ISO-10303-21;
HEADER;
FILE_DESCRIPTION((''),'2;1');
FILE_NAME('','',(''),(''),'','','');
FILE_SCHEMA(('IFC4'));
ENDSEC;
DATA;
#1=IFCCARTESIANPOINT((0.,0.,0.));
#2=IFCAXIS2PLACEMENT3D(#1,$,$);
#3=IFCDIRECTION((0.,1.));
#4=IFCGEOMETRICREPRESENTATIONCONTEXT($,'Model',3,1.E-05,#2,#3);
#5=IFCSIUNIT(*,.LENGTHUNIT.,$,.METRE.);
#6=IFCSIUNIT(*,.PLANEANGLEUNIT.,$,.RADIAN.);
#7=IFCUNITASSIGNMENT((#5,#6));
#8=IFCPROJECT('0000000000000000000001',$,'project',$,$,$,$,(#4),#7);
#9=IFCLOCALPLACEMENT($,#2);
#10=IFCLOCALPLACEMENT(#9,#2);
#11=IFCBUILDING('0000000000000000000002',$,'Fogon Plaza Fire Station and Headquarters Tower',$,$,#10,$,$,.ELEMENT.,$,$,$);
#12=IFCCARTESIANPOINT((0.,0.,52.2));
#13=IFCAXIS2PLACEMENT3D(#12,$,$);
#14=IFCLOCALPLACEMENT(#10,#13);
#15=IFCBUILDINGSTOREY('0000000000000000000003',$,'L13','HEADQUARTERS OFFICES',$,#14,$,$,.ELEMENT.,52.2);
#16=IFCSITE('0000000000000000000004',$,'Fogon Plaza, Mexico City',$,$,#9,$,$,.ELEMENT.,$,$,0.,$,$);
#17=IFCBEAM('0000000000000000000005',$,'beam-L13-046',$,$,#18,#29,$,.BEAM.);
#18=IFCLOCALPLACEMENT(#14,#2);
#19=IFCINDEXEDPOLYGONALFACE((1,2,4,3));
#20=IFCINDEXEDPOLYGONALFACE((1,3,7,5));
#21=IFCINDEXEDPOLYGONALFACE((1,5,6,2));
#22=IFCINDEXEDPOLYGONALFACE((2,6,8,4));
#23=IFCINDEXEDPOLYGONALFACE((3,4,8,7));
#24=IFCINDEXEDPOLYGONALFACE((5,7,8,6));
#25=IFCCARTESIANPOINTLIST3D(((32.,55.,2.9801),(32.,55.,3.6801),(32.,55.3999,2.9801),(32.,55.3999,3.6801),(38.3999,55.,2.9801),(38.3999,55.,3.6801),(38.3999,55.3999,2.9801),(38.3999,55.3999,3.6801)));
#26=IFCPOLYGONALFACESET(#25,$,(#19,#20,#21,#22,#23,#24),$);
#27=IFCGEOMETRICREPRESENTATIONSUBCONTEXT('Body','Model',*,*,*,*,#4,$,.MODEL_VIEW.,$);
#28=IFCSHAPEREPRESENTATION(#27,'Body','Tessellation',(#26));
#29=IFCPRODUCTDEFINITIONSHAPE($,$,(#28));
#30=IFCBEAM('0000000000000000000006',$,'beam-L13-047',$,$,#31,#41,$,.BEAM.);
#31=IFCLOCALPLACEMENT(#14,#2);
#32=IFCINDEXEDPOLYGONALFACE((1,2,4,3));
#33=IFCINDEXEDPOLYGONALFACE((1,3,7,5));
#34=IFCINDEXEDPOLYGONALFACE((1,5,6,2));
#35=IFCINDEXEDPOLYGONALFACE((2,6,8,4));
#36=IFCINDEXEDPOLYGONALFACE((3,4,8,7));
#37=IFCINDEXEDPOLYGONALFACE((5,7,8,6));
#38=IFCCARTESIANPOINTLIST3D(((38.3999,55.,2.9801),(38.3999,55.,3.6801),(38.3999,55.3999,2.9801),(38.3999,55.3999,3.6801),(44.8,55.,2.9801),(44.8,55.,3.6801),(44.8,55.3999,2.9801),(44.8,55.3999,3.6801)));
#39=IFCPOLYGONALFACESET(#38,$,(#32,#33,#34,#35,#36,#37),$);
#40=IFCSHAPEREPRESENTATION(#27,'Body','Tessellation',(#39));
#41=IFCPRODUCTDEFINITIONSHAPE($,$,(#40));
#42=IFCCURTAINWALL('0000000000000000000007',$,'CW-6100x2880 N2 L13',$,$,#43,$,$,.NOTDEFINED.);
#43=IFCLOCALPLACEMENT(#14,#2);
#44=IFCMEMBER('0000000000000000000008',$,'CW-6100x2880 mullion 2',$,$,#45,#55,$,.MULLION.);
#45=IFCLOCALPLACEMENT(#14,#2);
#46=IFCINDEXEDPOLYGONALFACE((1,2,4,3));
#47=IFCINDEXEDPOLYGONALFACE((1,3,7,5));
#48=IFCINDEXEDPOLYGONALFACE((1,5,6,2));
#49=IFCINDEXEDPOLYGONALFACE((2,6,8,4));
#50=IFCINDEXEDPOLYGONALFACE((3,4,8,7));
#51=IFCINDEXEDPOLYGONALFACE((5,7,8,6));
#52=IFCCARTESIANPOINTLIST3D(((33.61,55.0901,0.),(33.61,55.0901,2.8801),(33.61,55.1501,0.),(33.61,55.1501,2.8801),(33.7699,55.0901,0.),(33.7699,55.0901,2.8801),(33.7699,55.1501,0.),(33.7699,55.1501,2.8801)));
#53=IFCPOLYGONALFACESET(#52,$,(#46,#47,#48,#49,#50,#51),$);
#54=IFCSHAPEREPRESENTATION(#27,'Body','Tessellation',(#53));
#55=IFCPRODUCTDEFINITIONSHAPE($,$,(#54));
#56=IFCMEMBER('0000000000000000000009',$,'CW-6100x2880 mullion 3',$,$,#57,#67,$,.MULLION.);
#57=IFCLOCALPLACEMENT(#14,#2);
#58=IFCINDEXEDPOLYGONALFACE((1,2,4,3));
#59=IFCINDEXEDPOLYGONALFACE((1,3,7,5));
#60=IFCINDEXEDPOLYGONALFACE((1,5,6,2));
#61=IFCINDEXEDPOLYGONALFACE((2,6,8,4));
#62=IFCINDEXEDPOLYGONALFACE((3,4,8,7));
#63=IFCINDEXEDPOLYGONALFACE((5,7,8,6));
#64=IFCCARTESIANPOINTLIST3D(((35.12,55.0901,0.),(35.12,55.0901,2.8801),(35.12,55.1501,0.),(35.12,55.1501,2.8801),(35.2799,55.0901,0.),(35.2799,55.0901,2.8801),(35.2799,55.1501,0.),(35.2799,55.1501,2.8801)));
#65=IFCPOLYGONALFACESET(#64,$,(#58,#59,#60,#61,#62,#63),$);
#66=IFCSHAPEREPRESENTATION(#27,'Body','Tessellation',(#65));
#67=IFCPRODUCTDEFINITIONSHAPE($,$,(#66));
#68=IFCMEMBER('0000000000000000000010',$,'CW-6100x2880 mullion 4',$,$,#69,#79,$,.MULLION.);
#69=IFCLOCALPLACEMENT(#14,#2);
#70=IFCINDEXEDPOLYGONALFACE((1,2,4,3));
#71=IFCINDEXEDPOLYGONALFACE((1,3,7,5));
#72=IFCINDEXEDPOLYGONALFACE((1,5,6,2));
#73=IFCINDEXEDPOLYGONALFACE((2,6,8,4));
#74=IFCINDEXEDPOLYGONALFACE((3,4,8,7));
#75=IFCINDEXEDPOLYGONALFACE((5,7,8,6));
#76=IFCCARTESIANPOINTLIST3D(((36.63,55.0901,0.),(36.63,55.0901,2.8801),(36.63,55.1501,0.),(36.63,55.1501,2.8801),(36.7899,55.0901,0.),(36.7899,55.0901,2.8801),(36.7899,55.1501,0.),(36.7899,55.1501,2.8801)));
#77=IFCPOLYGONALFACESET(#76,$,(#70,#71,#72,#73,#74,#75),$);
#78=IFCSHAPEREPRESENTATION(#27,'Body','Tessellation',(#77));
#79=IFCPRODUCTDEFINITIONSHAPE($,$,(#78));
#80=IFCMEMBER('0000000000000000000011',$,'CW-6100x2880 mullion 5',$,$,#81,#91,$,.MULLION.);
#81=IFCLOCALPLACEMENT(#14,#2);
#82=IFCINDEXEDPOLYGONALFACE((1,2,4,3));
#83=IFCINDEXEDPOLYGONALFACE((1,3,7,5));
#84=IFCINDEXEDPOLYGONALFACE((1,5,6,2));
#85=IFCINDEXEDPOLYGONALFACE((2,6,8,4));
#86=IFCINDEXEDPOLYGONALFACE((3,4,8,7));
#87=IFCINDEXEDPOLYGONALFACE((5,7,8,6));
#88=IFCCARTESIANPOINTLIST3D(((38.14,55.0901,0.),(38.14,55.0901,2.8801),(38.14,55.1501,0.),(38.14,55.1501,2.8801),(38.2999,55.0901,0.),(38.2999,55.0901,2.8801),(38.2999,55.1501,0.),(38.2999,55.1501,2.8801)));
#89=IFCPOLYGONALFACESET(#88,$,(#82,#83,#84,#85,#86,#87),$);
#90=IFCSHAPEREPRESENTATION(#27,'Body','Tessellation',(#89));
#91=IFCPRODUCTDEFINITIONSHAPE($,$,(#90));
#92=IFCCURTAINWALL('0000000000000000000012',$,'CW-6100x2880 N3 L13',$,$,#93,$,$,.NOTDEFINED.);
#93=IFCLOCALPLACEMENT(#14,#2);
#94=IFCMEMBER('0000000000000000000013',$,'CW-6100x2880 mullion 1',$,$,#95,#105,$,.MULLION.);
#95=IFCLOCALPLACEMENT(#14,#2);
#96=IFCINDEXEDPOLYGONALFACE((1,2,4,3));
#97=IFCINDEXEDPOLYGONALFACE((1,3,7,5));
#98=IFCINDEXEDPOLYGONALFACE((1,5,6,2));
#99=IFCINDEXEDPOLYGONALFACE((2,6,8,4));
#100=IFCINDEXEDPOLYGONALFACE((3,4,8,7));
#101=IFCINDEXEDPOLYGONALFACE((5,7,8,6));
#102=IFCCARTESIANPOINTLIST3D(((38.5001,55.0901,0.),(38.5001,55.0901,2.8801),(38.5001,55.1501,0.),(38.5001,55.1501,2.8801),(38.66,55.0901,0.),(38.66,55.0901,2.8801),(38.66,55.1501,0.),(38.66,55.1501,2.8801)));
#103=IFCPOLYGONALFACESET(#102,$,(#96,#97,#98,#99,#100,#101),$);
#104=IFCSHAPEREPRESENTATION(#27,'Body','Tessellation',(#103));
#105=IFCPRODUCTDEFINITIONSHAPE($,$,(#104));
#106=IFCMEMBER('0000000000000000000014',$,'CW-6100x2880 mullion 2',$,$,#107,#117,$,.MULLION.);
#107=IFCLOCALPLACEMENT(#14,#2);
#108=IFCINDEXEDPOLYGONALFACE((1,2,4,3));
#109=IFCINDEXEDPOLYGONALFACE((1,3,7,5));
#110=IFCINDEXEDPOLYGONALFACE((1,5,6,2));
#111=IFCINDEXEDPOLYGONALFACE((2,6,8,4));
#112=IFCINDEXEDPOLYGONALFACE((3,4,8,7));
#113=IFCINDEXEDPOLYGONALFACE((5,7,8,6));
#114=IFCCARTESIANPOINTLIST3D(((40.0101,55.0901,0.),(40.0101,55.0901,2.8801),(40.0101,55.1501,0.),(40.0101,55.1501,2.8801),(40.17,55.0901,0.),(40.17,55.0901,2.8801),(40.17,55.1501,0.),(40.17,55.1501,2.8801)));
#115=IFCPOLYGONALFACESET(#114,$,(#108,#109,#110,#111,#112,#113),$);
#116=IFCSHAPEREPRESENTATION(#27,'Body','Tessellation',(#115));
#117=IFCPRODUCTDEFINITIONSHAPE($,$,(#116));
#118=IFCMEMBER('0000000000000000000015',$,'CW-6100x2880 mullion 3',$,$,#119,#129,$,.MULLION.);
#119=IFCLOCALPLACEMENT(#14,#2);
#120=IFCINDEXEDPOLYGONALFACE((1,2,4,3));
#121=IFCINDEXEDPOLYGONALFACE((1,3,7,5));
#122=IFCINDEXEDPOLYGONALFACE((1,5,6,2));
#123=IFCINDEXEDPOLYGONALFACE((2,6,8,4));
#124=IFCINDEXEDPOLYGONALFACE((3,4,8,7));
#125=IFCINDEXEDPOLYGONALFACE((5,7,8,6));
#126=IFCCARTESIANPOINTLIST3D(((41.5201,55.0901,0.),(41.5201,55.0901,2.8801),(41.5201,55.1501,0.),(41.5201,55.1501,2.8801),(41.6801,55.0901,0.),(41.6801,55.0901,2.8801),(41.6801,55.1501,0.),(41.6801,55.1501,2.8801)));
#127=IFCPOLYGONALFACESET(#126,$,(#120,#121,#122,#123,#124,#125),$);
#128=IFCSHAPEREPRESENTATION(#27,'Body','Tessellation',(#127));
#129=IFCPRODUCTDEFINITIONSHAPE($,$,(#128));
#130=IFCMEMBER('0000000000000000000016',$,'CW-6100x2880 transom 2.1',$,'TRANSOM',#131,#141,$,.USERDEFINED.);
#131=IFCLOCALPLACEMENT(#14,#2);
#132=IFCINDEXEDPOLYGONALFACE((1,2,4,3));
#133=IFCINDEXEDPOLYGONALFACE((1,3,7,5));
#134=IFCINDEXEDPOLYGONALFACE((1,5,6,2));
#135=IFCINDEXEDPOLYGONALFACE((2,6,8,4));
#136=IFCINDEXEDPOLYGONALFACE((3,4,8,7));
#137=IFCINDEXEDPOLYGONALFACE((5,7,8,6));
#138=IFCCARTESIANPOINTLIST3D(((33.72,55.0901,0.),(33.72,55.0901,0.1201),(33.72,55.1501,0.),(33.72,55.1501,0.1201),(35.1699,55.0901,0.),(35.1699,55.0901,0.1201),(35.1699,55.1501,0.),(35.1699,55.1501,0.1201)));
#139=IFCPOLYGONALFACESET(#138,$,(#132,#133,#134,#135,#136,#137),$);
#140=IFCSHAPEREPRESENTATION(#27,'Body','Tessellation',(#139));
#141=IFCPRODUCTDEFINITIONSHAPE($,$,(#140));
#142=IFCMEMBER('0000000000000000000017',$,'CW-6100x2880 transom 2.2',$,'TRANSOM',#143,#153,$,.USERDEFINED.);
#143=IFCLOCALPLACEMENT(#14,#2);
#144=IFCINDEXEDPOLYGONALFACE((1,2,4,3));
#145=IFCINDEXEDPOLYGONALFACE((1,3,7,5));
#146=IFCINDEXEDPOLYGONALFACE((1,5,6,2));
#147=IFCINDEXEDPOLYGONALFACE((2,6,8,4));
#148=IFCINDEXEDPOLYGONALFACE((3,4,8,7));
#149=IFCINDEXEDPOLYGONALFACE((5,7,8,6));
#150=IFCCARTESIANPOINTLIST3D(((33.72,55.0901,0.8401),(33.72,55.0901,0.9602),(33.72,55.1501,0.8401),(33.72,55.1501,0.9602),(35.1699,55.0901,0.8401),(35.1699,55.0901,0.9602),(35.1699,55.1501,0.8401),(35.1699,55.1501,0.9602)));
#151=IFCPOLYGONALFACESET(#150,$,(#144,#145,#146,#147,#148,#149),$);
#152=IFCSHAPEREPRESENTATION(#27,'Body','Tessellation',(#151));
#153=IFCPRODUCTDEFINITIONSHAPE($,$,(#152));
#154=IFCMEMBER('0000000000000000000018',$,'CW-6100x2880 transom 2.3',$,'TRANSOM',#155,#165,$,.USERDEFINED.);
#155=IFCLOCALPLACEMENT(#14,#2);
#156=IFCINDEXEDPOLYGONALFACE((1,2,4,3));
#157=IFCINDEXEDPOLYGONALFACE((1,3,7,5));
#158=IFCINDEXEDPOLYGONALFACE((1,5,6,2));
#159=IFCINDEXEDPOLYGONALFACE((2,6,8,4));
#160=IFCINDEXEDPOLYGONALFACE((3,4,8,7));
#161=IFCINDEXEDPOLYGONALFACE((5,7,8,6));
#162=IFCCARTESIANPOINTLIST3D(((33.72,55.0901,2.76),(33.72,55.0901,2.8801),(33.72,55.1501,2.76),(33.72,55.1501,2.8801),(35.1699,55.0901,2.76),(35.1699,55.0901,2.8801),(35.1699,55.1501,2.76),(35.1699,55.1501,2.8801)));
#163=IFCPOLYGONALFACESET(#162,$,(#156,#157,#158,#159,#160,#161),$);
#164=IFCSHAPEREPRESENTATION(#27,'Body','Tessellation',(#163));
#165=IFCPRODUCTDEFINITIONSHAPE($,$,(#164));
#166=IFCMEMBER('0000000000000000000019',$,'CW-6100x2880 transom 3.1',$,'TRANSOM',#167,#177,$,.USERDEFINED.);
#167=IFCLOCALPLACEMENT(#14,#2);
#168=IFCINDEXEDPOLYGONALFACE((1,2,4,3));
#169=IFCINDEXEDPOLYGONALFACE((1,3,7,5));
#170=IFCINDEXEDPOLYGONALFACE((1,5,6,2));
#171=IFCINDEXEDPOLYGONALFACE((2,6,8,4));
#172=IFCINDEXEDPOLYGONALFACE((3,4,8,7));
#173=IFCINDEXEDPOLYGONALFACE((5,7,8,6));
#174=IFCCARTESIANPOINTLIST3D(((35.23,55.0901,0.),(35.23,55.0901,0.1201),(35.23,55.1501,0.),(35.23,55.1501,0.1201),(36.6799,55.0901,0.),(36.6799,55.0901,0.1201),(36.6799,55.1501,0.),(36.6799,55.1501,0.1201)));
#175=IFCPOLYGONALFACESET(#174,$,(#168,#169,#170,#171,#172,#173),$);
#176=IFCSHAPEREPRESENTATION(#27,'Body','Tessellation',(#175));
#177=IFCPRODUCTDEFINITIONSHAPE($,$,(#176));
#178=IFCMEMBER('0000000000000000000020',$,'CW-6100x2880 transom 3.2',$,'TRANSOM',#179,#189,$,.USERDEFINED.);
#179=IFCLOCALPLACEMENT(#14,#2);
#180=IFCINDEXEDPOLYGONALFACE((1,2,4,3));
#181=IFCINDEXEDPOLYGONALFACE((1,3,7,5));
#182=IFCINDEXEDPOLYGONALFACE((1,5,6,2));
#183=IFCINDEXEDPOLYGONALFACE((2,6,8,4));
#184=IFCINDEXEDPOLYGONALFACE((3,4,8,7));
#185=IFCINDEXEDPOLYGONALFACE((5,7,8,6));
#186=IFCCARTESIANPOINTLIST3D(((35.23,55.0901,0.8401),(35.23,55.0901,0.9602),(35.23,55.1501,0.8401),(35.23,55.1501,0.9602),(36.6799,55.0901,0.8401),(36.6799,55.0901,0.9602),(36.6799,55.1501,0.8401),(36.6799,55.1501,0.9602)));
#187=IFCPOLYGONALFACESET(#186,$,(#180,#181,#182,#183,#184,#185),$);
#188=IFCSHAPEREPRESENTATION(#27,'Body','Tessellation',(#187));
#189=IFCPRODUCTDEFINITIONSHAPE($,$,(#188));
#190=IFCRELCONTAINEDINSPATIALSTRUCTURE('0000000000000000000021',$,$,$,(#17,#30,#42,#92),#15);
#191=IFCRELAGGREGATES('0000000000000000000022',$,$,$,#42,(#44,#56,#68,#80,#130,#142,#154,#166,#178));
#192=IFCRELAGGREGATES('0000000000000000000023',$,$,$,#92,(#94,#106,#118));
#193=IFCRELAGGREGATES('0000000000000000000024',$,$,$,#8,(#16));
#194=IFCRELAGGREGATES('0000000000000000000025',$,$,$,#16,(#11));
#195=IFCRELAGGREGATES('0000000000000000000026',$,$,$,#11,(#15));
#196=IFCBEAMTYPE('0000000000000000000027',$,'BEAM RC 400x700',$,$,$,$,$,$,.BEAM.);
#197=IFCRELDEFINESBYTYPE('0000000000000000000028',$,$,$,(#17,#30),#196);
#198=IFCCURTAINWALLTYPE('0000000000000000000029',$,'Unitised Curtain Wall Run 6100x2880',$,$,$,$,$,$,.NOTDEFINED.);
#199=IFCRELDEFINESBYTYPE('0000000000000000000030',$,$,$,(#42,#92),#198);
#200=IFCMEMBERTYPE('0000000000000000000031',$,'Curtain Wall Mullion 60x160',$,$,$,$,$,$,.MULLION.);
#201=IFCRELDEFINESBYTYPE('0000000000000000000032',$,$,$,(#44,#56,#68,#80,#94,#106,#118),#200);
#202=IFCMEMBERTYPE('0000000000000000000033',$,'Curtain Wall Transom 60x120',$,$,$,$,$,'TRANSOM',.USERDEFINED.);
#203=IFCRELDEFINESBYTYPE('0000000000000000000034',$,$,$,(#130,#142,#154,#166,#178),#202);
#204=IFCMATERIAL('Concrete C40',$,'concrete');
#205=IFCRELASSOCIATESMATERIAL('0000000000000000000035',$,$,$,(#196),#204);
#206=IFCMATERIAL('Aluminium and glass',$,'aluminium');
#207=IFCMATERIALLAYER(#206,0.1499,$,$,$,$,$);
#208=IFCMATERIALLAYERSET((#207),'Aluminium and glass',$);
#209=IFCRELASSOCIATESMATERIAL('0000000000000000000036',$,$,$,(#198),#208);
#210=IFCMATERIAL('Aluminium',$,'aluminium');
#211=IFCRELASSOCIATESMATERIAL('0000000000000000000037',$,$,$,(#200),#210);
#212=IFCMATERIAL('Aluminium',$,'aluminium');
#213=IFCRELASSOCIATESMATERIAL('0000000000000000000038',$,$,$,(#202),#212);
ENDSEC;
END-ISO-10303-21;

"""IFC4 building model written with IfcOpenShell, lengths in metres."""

from ifc_helpers import new_model, si_unit, direction, frame, origin, origin_2d, place, context, subcontext, project, spatial, rectangle, extrude, material, layer, layer_set, material_profile, profile_set, type_object, element, aggregate, save


model = new_model("IFC4")

# Units and contexts
model_context = context("Model", 3, precision=1e-05, world=origin(), true_north=direction((0.0, 1.0)))
body_context = subcontext(model_context, "Body", "Model", "MODEL_VIEW")
ifc_project = project(units=[si_unit("LENGTHUNIT", "METRE"), si_unit("PLANEANGLEUNIT", "RADIAN")], contexts=[model_context])

# Site, building, storey
site_placement = place(None, origin())
site = spatial("IfcSite", under=ifc_project, at=site_placement, Name="Fogon Plaza, Mexico City", CompositionType="ELEMENT", RefElevation=0.0)
building_placement = place(site_placement, origin())
building = spatial("IfcBuilding", under=site, at=building_placement, Name="Fogon Plaza Fire Station and Headquarters Tower", CompositionType="ELEMENT")
storey_placement = place(building_placement, frame((0.0, 0.0, 52.2)))
storey = spatial("IfcBuildingStorey", under=building, at=storey_placement, Name="L13", Description="HEADQUARTERS OFFICES", CompositionType="ELEMENT", Elevation=52.2)

# Beams
ifc_material_1 = material(Name="Concrete C40", Category="concrete")
ifc_material_profile_1 = material_profile(ifc_material_1, rectangle(XDim=0.3999, YDim=0.7, at=origin_2d()), Name="RC 400x700")
ifc_profile_set_1 = profile_set([ifc_material_profile_1], Name="Concrete C40")
beam_type = type_object("IfcBeamType", Name="BEAM RC 400x700", PredefinedType="BEAM", material=ifc_profile_set_1)
beam_1_placement = place(storey_placement, frame((32.0, 55.2, 3.3301), z_axis=(1.0, 0.0, 0.0), x_axis=(0.0, 1.0, 0.0)))
element("IfcBeam", 1, at=beam_1_placement, inside=storey, type_object=beam_type, Name="beam-L13-046", PredefinedType="BEAM", context=body_context, shape_type="SweptSolid", body=[
    extrude(rectangle(XDim=0.3999, YDim=0.7, at=origin_2d()), origin(), (0.0, 0.0, 1.0), 6.3999),
])
beam_2_placement = place(storey_placement, frame((38.3999, 55.2, 3.3301), z_axis=(1.0, 0.0, 0.0), x_axis=(0.0, 1.0, 0.0)))
element("IfcBeam", 2, at=beam_2_placement, inside=storey, type_object=beam_type, Name="beam-L13-047", PredefinedType="BEAM", context=body_context, shape_type="SweptSolid", body=[
    extrude(rectangle(XDim=0.3999, YDim=0.7, at=origin_2d()), origin(), (0.0, 0.0, 1.0), 6.4001),
])

# Curtain walls, members
ifc_material_2 = material(Name="Aluminium and glass", Category="aluminium")
ifc_layer_1 = layer(ifc_material_2, 0.1499)
ifc_layer_set_1 = layer_set([ifc_layer_1], Name="Aluminium and glass")
curtain_wall_type = type_object("IfcCurtainWallType", Name="Unitised Curtain Wall Run 6100x2880", PredefinedType="NOTDEFINED", material=ifc_layer_set_1)
curtain_wall_1_placement = place(storey_placement, origin())
curtain_wall_1 = element("IfcCurtainWall", 3, at=curtain_wall_1_placement, inside=storey, type_object=curtain_wall_type, Name="CW-6100x2880 N2 L13", PredefinedType="NOTDEFINED")
ifc_material_3 = material(Name="Aluminium", Category="aluminium")
ifc_material_profile_2 = material_profile(ifc_material_3, rectangle(XDim=0.0601, YDim=0.1599, at=origin_2d()), Name="Curtain Wall Mullion 60x160")
ifc_profile_set_2 = profile_set([ifc_material_profile_2], Name="Aluminium")
member_type_1 = type_object("IfcMemberType", Name="Curtain Wall Mullion 60x160", PredefinedType="MULLION", material=ifc_profile_set_2)
member_1_placement = place(storey_placement, frame((33.6899, 55.1201, 0.0), z_axis=(0.0, 0.0, 1.0), x_axis=(0.0, 1.0, 0.0)))
member_1 = element("IfcMember", 4, at=member_1_placement, type_object=member_type_1, Name="CW-6100x2880 mullion 2", PredefinedType="MULLION", context=body_context, shape_type="SweptSolid", body=[
    extrude(rectangle(XDim=0.0601, YDim=0.1599, at=origin_2d()), origin(), (0.0, 0.0, 1.0), 2.8801),
])
member_2_placement = place(storey_placement, frame((35.2, 55.1201, 0.0), z_axis=(0.0, 0.0, 1.0), x_axis=(0.0, 1.0, 0.0)))
member_2 = element("IfcMember", 5, at=member_2_placement, type_object=member_type_1, Name="CW-6100x2880 mullion 3", PredefinedType="MULLION", context=body_context, shape_type="SweptSolid", body=[
    extrude(rectangle(XDim=0.0601, YDim=0.1599, at=origin_2d()), origin(), (0.0, 0.0, 1.0), 2.8801),
])
member_3_placement = place(storey_placement, frame((36.71, 55.1201, 0.0), z_axis=(0.0, 0.0, 1.0), x_axis=(0.0, 1.0, 0.0)))
member_3 = element("IfcMember", 6, at=member_3_placement, type_object=member_type_1, Name="CW-6100x2880 mullion 4", PredefinedType="MULLION", context=body_context, shape_type="SweptSolid", body=[
    extrude(rectangle(XDim=0.0601, YDim=0.1599, at=origin_2d()), origin(), (0.0, 0.0, 1.0), 2.8801),
])
member_4_placement = place(storey_placement, frame((38.22, 55.1201, 0.0), z_axis=(0.0, 0.0, 1.0), x_axis=(0.0, 1.0, 0.0)))
member_4 = element("IfcMember", 7, at=member_4_placement, type_object=member_type_1, Name="CW-6100x2880 mullion 5", PredefinedType="MULLION", context=body_context, shape_type="SweptSolid", body=[
    extrude(rectangle(XDim=0.0601, YDim=0.1599, at=origin_2d()), origin(), (0.0, 0.0, 1.0), 2.8801),
])
curtain_wall_2_placement = place(storey_placement, origin())
curtain_wall_2 = element("IfcCurtainWall", 8, at=curtain_wall_2_placement, inside=storey, type_object=curtain_wall_type, Name="CW-6100x2880 N3 L13", PredefinedType="NOTDEFINED")
member_5_placement = place(storey_placement, frame((38.5801, 55.1201, 0.0), z_axis=(0.0, 0.0, 1.0), x_axis=(0.0, 1.0, 0.0)))
member_5 = element("IfcMember", 9, at=member_5_placement, type_object=member_type_1, Name="CW-6100x2880 mullion 1", PredefinedType="MULLION", context=body_context, shape_type="SweptSolid", body=[
    extrude(rectangle(XDim=0.0601, YDim=0.1599, at=origin_2d()), origin(), (0.0, 0.0, 1.0), 2.8801),
])
member_6_placement = place(storey_placement, frame((40.0901, 55.1201, 0.0), z_axis=(0.0, 0.0, 1.0), x_axis=(0.0, 1.0, 0.0)))
member_6 = element("IfcMember", 10, at=member_6_placement, type_object=member_type_1, Name="CW-6100x2880 mullion 2", PredefinedType="MULLION", context=body_context, shape_type="SweptSolid", body=[
    extrude(rectangle(XDim=0.0601, YDim=0.1599, at=origin_2d()), origin(), (0.0, 0.0, 1.0), 2.8801),
])
member_7_placement = place(storey_placement, frame((41.6001, 55.1201, 0.0), z_axis=(0.0, 0.0, 1.0), x_axis=(0.0, 1.0, 0.0)))
member_7 = element("IfcMember", 11, at=member_7_placement, type_object=member_type_1, Name="CW-6100x2880 mullion 3", PredefinedType="MULLION", context=body_context, shape_type="SweptSolid", body=[
    extrude(rectangle(XDim=0.0601, YDim=0.1599, at=origin_2d()), origin(), (0.0, 0.0, 1.0), 2.8801),
])

# Members
ifc_material_4 = material(Name="Aluminium", Category="aluminium")
ifc_material_profile_3 = material_profile(ifc_material_4, rectangle(XDim=0.0601, YDim=0.1201, at=origin_2d()), Name="Curtain Wall Transom 60x120")
ifc_profile_set_3 = profile_set([ifc_material_profile_3], Name="Aluminium")
member_type_2 = type_object("IfcMemberType", Name="Curtain Wall Transom 60x120", ElementType="TRANSOM", PredefinedType="USERDEFINED", material=ifc_profile_set_3)
member_8_placement = place(storey_placement, frame((33.72, 55.1201, 0.0601), z_axis=(1.0, 0.0, 0.0), x_axis=(0.0, 1.0, 0.0)))
member_8 = element("IfcMember", 12, at=member_8_placement, type_object=member_type_2, Name="CW-6100x2880 transom 2.1", ObjectType="TRANSOM", PredefinedType="USERDEFINED", context=body_context, shape_type="SweptSolid", body=[
    extrude(rectangle(XDim=0.0601, YDim=0.1201, at=origin_2d()), origin(), (0.0, 0.0, 1.0), 1.45),
])
member_9_placement = place(storey_placement, frame((33.72, 55.1201, 0.9001), z_axis=(1.0, 0.0, 0.0), x_axis=(0.0, 1.0, 0.0)))
member_9 = element("IfcMember", 13, at=member_9_placement, type_object=member_type_2, Name="CW-6100x2880 transom 2.2", ObjectType="TRANSOM", PredefinedType="USERDEFINED", context=body_context, shape_type="SweptSolid", body=[
    extrude(rectangle(XDim=0.0601, YDim=0.1201, at=origin_2d()), origin(), (0.0, 0.0, 1.0), 1.45),
])
member_10_placement = place(storey_placement, frame((33.72, 55.1201, 2.8201), z_axis=(1.0, 0.0, 0.0), x_axis=(0.0, 1.0, 0.0)))
member_10 = element("IfcMember", 14, at=member_10_placement, type_object=member_type_2, Name="CW-6100x2880 transom 2.3", ObjectType="TRANSOM", PredefinedType="USERDEFINED", context=body_context, shape_type="SweptSolid", body=[
    extrude(rectangle(XDim=0.0601, YDim=0.1201, at=origin_2d()), origin(), (0.0, 0.0, 1.0), 1.45),
])
member_11_placement = place(storey_placement, frame((35.23, 55.1201, 0.0601), z_axis=(1.0, 0.0, 0.0), x_axis=(0.0, 1.0, 0.0)))
member_11 = element("IfcMember", 15, at=member_11_placement, type_object=member_type_2, Name="CW-6100x2880 transom 3.1", ObjectType="TRANSOM", PredefinedType="USERDEFINED", context=body_context, shape_type="SweptSolid", body=[
    extrude(rectangle(XDim=0.0601, YDim=0.1201, at=origin_2d()), origin(), (0.0, 0.0, 1.0), 1.45),
])
member_12_placement = place(storey_placement, frame((35.23, 55.1201, 0.9001), z_axis=(1.0, 0.0, 0.0), x_axis=(0.0, 1.0, 0.0)))
member_12 = element("IfcMember", 16, at=member_12_placement, type_object=member_type_2, Name="CW-6100x2880 transom 3.2", ObjectType="TRANSOM", PredefinedType="USERDEFINED", context=body_context, shape_type="SweptSolid", body=[
    extrude(rectangle(XDim=0.0601, YDim=0.1201, at=origin_2d()), origin(), (0.0, 0.0, 1.0), 1.45),
])

aggregate(curtain_wall_1, [member_1, member_2, member_3, member_4, member_8, member_9, member_10, member_11, member_12])
aggregate(curtain_wall_2, [member_5, member_6, member_7])

save(model, "model.ifc")
